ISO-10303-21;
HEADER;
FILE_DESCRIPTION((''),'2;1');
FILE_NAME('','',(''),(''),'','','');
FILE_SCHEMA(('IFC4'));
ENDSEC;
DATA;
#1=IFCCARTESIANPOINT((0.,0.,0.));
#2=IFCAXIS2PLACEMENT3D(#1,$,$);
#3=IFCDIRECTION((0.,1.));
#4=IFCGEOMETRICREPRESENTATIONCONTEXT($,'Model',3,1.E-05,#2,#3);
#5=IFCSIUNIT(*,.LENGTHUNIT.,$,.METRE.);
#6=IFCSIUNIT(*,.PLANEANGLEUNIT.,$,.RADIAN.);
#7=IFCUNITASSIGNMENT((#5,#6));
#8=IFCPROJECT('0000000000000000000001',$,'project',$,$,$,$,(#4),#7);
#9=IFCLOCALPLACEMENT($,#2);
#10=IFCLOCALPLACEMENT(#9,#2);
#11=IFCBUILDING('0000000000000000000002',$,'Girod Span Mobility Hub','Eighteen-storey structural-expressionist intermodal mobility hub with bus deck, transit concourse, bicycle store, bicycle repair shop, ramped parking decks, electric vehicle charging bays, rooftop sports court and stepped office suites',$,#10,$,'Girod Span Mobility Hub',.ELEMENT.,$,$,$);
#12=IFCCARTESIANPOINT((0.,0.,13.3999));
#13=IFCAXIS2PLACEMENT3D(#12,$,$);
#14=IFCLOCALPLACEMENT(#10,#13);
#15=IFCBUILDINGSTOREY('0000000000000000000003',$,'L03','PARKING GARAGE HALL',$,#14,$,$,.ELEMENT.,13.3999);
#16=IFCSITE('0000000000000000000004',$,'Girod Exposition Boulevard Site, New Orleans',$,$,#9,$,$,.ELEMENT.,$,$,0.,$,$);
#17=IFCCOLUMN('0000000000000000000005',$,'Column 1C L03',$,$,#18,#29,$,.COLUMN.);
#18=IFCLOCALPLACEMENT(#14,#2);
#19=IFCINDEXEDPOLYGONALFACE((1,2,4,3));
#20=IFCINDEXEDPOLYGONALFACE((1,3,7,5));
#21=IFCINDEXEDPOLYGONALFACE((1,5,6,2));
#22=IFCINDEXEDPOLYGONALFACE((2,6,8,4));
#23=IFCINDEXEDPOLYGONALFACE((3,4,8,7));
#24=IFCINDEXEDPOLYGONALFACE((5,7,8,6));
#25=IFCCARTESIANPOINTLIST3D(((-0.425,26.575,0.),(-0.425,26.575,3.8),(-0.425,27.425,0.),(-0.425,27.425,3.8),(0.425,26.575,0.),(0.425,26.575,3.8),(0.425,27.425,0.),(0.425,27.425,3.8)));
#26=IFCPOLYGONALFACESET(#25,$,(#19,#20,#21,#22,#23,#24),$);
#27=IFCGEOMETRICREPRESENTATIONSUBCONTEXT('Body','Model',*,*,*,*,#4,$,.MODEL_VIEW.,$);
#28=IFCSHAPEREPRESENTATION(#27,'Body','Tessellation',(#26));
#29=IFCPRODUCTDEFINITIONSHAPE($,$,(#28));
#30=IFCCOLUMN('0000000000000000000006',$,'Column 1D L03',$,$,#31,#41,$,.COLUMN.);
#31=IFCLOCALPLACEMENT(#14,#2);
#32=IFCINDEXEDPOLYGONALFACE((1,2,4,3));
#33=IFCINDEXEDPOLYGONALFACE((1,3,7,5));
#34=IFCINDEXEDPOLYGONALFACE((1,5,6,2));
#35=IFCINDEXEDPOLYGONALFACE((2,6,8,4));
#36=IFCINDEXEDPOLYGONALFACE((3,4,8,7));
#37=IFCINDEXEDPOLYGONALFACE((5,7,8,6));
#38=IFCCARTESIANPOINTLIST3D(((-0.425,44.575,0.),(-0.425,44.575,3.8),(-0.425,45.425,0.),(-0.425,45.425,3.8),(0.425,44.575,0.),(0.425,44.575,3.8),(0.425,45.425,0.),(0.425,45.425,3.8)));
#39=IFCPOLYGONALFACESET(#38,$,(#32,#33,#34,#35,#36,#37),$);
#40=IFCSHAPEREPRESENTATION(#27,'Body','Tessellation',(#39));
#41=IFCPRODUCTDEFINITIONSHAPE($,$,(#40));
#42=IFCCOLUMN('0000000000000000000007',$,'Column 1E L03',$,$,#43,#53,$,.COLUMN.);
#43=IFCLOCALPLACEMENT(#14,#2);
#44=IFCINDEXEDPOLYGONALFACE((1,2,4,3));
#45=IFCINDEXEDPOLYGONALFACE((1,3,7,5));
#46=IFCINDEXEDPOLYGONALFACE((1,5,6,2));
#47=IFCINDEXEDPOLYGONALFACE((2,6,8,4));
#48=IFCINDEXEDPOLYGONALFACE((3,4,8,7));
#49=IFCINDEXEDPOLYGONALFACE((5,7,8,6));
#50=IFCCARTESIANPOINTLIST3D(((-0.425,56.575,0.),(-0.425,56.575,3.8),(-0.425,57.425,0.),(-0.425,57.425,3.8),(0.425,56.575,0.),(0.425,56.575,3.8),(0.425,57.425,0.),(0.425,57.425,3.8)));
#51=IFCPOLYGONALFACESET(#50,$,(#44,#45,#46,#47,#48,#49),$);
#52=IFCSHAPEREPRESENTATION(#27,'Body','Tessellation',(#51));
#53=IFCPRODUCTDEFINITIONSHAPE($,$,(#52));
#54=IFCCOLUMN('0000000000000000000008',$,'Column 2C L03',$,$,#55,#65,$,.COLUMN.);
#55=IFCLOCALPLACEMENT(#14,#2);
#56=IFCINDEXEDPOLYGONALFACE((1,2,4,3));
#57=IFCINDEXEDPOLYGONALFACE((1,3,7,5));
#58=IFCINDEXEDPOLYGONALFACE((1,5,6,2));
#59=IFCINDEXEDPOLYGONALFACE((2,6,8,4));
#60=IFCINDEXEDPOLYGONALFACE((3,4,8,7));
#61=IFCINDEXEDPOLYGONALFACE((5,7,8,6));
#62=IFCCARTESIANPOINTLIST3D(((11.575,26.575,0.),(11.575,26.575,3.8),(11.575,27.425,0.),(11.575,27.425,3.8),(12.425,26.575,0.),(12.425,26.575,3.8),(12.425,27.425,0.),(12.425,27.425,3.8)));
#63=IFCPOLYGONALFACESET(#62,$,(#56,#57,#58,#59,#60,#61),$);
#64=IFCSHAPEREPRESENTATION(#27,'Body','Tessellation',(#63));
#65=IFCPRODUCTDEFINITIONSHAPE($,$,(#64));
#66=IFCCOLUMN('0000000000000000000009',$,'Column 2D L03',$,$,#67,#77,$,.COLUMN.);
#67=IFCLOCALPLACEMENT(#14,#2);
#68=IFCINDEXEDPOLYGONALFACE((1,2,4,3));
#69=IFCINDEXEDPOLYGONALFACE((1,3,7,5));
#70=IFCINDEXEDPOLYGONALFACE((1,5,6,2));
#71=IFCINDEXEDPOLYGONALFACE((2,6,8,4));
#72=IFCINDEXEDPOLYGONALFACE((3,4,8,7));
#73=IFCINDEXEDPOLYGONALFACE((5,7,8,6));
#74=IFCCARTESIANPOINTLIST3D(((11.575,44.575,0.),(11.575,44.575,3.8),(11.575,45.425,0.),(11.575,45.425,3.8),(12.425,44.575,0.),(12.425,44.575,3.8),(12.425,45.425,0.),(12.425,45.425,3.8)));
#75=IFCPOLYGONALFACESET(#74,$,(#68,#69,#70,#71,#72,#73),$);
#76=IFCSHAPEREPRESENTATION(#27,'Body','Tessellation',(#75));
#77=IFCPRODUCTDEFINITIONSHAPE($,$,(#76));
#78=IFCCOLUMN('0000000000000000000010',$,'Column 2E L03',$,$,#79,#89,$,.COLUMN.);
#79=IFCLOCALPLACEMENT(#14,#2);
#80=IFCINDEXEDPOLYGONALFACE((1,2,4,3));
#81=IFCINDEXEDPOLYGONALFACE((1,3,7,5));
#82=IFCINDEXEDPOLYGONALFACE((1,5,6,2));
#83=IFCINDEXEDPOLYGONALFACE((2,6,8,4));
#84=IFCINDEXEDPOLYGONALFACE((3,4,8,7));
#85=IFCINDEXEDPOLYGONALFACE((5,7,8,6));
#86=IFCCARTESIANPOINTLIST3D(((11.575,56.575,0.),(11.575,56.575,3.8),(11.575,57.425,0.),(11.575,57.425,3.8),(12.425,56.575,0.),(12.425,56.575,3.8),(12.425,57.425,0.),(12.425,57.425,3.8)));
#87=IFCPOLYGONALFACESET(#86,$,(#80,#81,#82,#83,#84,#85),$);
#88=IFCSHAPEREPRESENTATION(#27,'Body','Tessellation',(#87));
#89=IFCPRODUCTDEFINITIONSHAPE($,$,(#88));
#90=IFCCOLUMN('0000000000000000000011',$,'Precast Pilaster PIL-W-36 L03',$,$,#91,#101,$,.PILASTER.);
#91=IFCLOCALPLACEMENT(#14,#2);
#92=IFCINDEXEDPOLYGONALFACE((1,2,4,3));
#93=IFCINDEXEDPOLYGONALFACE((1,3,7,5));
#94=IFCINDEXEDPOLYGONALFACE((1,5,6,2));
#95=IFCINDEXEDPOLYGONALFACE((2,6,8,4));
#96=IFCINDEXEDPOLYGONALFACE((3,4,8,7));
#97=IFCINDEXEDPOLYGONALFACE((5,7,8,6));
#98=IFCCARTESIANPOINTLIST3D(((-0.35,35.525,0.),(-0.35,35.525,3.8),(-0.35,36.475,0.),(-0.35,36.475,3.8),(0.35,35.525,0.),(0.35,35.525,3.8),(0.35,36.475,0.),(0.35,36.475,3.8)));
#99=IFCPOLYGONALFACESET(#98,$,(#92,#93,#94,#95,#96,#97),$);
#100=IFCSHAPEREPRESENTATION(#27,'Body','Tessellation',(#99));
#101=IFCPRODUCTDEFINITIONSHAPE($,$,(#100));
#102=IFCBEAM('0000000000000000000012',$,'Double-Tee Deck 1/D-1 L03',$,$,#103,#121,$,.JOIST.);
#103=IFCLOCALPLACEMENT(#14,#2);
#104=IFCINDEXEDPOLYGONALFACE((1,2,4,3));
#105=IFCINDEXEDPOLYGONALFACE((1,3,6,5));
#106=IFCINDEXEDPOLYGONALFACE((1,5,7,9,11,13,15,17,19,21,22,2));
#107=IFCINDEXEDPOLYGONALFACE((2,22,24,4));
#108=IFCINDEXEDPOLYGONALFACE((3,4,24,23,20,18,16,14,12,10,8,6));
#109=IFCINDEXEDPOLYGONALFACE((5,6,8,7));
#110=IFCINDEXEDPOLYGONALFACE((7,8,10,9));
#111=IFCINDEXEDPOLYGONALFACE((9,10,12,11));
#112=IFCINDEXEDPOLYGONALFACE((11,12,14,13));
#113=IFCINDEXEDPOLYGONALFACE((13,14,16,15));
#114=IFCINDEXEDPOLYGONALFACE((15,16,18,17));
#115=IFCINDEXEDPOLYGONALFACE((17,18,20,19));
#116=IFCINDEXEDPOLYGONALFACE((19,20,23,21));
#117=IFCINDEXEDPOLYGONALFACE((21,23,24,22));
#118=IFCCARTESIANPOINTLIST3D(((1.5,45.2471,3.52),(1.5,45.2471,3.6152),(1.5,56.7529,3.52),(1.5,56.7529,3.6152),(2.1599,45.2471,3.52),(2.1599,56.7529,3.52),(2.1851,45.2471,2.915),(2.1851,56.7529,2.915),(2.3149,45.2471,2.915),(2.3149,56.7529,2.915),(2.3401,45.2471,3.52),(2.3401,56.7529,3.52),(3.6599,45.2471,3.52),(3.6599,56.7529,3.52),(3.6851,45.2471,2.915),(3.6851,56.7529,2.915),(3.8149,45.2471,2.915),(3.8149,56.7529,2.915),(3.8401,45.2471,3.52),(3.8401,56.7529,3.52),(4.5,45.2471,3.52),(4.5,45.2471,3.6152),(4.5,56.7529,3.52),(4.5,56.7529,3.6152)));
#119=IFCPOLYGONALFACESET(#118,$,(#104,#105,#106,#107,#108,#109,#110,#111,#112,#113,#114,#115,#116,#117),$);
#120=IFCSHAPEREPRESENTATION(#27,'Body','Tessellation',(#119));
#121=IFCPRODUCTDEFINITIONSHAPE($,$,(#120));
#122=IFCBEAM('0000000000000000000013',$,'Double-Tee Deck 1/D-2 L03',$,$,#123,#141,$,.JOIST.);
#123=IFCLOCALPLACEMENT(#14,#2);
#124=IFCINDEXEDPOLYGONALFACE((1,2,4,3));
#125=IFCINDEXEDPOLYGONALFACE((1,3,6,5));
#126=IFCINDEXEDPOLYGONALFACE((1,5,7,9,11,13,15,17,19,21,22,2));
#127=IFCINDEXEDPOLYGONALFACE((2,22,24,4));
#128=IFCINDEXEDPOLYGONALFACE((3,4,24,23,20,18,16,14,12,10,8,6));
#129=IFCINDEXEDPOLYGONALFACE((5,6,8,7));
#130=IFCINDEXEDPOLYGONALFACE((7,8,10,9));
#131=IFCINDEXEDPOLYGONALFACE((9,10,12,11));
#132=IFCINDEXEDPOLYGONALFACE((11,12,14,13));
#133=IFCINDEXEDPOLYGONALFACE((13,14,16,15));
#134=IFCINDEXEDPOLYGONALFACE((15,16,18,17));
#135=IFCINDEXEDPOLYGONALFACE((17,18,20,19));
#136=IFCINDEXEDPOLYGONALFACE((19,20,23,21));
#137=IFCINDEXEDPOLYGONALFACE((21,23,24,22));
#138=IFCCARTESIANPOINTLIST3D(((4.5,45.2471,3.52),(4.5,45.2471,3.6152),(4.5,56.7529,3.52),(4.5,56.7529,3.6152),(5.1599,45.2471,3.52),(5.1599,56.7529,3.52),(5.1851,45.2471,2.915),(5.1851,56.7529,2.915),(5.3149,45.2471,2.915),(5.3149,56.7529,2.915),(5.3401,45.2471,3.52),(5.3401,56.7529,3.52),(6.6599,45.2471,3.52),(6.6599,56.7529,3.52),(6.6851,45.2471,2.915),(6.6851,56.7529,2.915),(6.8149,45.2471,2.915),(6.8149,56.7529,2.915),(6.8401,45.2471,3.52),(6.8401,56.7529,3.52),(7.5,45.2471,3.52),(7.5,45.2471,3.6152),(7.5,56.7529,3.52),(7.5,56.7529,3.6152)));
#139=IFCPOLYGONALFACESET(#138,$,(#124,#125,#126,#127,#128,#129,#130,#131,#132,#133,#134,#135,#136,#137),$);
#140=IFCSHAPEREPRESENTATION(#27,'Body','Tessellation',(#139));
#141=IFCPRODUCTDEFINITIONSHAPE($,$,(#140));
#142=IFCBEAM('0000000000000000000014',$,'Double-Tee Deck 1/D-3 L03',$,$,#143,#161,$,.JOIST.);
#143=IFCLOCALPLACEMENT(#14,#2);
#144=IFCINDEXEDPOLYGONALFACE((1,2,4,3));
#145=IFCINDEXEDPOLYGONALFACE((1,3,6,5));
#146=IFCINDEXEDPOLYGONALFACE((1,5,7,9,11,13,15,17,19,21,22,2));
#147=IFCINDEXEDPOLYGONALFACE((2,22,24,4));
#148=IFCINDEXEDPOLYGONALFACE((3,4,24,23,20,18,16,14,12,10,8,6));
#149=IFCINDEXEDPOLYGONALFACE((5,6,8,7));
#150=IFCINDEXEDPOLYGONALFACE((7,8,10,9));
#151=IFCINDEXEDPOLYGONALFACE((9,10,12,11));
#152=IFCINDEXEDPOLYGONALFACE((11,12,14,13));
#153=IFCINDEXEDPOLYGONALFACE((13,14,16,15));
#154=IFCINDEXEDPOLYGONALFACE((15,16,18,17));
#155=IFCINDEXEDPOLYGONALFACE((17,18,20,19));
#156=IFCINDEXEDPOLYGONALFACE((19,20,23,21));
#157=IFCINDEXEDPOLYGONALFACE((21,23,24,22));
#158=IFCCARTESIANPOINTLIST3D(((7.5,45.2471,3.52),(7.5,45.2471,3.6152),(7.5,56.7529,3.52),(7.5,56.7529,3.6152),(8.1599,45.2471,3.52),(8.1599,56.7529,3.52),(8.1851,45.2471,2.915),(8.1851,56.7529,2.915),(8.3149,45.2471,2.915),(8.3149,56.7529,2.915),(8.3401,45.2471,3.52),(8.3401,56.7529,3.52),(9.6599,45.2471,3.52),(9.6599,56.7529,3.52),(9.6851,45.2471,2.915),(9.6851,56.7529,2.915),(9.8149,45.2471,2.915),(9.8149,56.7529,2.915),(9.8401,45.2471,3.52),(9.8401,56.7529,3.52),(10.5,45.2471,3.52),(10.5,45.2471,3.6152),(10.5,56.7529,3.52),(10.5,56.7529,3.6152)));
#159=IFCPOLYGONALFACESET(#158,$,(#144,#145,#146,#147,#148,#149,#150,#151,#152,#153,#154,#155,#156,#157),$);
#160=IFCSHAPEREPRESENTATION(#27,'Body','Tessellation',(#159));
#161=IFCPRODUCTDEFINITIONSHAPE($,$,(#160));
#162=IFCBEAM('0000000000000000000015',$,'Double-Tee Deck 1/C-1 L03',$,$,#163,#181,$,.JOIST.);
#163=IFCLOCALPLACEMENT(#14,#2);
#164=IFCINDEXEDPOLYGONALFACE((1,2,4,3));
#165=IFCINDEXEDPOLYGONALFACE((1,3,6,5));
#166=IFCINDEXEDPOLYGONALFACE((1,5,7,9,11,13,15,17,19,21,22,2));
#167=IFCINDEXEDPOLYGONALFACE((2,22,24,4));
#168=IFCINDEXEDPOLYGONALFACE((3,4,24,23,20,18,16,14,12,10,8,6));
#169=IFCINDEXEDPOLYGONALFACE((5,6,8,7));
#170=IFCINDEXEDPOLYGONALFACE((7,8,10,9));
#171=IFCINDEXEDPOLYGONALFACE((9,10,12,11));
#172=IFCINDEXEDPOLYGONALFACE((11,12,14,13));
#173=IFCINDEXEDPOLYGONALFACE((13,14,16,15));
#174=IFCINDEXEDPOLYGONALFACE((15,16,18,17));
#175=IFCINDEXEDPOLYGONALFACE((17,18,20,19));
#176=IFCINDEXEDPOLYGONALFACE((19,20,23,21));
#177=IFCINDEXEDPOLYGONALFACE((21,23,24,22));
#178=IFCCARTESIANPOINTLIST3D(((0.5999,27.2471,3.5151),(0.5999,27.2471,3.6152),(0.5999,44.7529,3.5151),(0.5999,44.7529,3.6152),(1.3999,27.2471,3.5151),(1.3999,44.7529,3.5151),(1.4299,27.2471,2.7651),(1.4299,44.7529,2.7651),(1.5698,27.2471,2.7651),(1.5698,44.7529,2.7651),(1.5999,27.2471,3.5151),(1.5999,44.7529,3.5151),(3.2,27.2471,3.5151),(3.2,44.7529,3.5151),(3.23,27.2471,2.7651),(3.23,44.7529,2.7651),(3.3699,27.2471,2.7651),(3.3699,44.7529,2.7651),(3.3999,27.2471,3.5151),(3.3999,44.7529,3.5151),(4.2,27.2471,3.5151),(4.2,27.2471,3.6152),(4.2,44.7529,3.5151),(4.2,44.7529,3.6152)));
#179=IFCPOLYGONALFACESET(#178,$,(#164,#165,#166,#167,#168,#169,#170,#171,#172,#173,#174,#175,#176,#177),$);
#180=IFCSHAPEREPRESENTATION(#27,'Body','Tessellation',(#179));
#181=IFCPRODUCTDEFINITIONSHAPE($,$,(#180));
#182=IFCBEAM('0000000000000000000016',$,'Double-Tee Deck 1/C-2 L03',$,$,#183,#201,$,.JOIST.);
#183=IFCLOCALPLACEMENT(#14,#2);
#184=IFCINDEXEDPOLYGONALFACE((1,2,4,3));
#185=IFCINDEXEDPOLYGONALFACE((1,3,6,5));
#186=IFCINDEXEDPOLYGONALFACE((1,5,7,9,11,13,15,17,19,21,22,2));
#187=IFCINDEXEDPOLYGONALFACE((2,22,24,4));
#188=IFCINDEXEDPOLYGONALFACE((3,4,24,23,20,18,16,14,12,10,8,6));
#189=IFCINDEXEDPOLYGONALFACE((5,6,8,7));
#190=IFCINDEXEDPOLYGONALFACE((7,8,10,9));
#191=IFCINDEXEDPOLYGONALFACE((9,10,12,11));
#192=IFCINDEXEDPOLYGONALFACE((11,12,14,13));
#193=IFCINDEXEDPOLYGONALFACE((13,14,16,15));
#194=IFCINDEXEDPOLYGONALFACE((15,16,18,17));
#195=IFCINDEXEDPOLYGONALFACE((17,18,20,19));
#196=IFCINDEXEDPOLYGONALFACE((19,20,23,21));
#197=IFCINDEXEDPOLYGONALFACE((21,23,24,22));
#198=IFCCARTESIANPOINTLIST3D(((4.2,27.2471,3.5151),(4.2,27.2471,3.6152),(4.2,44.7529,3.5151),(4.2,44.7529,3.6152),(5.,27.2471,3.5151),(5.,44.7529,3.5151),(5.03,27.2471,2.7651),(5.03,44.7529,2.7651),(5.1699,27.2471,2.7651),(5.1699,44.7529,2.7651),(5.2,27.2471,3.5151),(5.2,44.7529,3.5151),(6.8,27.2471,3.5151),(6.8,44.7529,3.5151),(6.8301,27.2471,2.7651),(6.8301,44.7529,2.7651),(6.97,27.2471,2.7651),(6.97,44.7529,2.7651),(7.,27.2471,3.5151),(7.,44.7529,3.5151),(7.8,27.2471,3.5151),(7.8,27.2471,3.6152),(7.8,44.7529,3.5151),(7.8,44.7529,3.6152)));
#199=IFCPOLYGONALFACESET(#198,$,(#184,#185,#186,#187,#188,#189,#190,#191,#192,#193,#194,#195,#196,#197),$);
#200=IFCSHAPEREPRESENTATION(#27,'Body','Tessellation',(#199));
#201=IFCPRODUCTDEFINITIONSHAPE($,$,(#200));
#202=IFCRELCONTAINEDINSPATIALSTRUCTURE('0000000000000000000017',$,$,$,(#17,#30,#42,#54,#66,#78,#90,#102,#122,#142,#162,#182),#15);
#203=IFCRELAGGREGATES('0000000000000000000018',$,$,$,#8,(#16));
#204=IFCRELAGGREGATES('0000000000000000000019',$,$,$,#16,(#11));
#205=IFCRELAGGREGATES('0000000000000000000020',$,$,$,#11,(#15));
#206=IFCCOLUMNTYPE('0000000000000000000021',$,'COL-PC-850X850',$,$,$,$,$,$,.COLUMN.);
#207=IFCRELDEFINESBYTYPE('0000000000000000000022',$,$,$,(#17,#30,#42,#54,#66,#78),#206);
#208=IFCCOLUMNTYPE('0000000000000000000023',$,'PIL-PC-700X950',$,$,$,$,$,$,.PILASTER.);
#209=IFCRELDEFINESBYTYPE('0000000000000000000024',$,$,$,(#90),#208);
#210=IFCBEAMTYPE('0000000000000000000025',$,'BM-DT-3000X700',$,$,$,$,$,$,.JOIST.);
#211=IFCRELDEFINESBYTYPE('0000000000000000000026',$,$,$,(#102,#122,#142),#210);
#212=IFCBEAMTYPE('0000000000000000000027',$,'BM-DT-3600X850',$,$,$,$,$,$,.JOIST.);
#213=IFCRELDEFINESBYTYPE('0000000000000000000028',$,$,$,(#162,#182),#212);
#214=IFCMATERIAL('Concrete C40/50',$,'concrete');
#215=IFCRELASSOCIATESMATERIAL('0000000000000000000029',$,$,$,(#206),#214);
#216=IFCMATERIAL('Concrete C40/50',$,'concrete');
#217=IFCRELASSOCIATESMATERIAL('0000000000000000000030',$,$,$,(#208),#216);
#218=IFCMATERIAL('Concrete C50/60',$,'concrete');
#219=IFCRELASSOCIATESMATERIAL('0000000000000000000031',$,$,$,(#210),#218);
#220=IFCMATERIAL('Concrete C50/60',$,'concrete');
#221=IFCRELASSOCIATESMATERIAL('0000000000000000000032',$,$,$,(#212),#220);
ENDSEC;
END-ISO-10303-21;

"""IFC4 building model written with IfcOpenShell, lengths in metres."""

from ifc_helpers import new_model, si_unit, direction, frame, origin, origin_2d, place, context, subcontext, project, spatial, polyline, rectangle, outline, extrude, material, material_profile, profile_set, type_object, element, save


model = new_model("IFC4")

# Units and contexts
model_context = context("Model", 3, precision=1e-05, world=origin(), true_north=direction((0.0, 1.0)))
body_context = subcontext(model_context, "Body", "Model", "MODEL_VIEW")
ifc_project = project(units=[si_unit("LENGTHUNIT", "METRE"), si_unit("PLANEANGLEUNIT", "RADIAN")], contexts=[model_context])

# Site, building, storey
site_placement = place(None, origin())
site = spatial("IfcSite", under=ifc_project, at=site_placement, Name="Girod Exposition Boulevard Site, New Orleans", CompositionType="ELEMENT", RefElevation=0.0)
building_placement = place(site_placement, origin())
building = spatial("IfcBuilding", under=site, at=building_placement, Name="Girod Span Mobility Hub", Description="Eighteen-storey structural-expressionist intermodal mobility hub with bus deck, transit concourse, bicycle store, bicycle repair shop, ramped parking decks, electric vehicle charging bays, rooftop sports court and stepped office suites", LongName="Girod Span Mobility Hub", CompositionType="ELEMENT")
storey_placement = place(building_placement, frame((0.0, 0.0, 13.3999)))
storey = spatial("IfcBuildingStorey", under=building, at=storey_placement, Name="L03", Description="PARKING GARAGE HALL", CompositionType="ELEMENT", Elevation=13.3999)

# Columns
ifc_material_1 = material(Name="Concrete C40/50", Category="concrete")
ifc_material_profile_1 = material_profile(ifc_material_1, rectangle(XDim=0.8501, YDim=0.8501, at=origin_2d()), Name="PC-COL-850X850")
ifc_profile_set_1 = profile_set([ifc_material_profile_1], Name="Concrete C40/50")
column_type_1 = type_object("IfcColumnType", Name="COL-PC-850X850", PredefinedType="COLUMN", material=ifc_profile_set_1)
for number, where, z_axis, x_axis, name in (
    (1, (0.0, 27.0, 0.0), (0.0, 0.0, 1.0), (1.0, 0.0, 0.0), "Column 1C L03"),
    (2, (0.0, 45.0, 0.0), (0.0, 0.0, 1.0), (1.0, 0.0, 0.0), "Column 1D L03"),
    (3, (0.0, 57.0, 0.0), (0.0, 0.0, 1.0), (1.0, 0.0, 0.0), "Column 1E L03"),
    (4, (12.0, 27.0, 0.0), (0.0, 0.0, 1.0), (1.0, 0.0, 0.0), "Column 2C L03"),
    (5, (12.0, 45.0, 0.0), (0.0, 0.0, 1.0), (1.0, 0.0, 0.0), "Column 2D L03"),
    (6, (12.0, 57.0, 0.0), (0.0, 0.0, 1.0), (1.0, 0.0, 0.0), "Column 2E L03"),
):
    element("IfcColumn", number, at=place(storey_placement, frame(where, z_axis=z_axis, x_axis=x_axis)), inside=storey, type_object=column_type_1, Name=name, PredefinedType="COLUMN", context=body_context, shape_type="SweptSolid", body=[
        extrude(rectangle(XDim=0.8501, YDim=0.8501, at=origin_2d()), origin(), (0.0, 0.0, 1.0), 3.8),
    ])
ifc_material_2 = material(Name="Concrete C40/50", Category="concrete")
ifc_material_profile_2 = material_profile(ifc_material_2, rectangle(XDim=0.7, YDim=0.95, at=origin_2d()), Name="PC-PIL-700X950")
ifc_profile_set_2 = profile_set([ifc_material_profile_2], Name="Concrete C40/50")
column_type_2 = type_object("IfcColumnType", Name="PIL-PC-700X950", PredefinedType="PILASTER", material=ifc_profile_set_2)
column_placement = place(storey_placement, frame((0.0, 36.0, 0.0), z_axis=(0.0, 0.0, 1.0), x_axis=(1.0, 0.0, 0.0)))
element("IfcColumn", 7, at=column_placement, inside=storey, type_object=column_type_2, Name="Precast Pilaster PIL-W-36 L03", PredefinedType="PILASTER", context=body_context, shape_type="SweptSolid", body=[
    extrude(rectangle(XDim=0.7, YDim=0.95, at=origin_2d()), origin(), (0.0, 0.0, 1.0), 3.8),
])

# Beams
ifc_material_3 = material(Name="Concrete C50/60", Category="concrete")
ifc_material_profile_3 = material_profile(ifc_material_3, outline(polyline([(-1.5, 0.3501), (-1.5, 0.2549), (-0.8401, 0.2549), (-0.8149, -0.3501), (-0.6851, -0.3501), (-0.6599, 0.2549), (0.6599, 0.2549), (0.6851, -0.3501), (0.8149, -0.3501), (0.8401, 0.2549), (1.5, 0.2549), (1.5, 0.3501), (-1.5, 0.3501)])), Name="DT-3000X700")
ifc_profile_set_3 = profile_set([ifc_material_profile_3], Name="Concrete C50/60")
beam_type_1 = type_object("IfcBeamType", Name="BM-DT-3000X700", PredefinedType="JOIST", material=ifc_profile_set_3)
for number, where, z_axis, x_axis, name in (
    (8, (3.0, 45.2471, 3.2651), (0.0, 1.0, 0.0), (-1.0, 0.0, 0.0), "Double-Tee Deck 1/D-1 L03"),
    (9, (6.0, 45.2471, 3.2651), (0.0, 1.0, 0.0), (-1.0, 0.0, 0.0), "Double-Tee Deck 1/D-2 L03"),
    (10, (9.0, 45.2471, 3.2651), (0.0, 1.0, 0.0), (-1.0, 0.0, 0.0), "Double-Tee Deck 1/D-3 L03"),
):
    element("IfcBeam", number, at=place(storey_placement, frame(where, z_axis=z_axis, x_axis=x_axis)), inside=storey, type_object=beam_type_1, Name=name, PredefinedType="JOIST", context=body_context, shape_type="SweptSolid", body=[
        extrude(outline(polyline([(-1.5, 0.3501), (-1.5, 0.2549), (-0.8401, 0.2549), (-0.8149, -0.3501), (-0.6851, -0.3501), (-0.6599, 0.2549), (0.6599, 0.2549), (0.6851, -0.3501), (0.8149, -0.3501), (0.8401, 0.2549), (1.5, 0.2549), (1.5, 0.3501), (-1.5, 0.3501)])), origin(), (0.0, 0.0, 1.0), 11.5059),
    ])
ifc_material_4 = material(Name="Concrete C50/60", Category="concrete")
ifc_material_profile_4 = material_profile(ifc_material_4, outline(polyline([(-1.8, 0.425), (-1.8, 0.325), (-1.0, 0.325), (-0.97, -0.425), (-0.8301, -0.425), (-0.8, 0.325), (0.8, 0.325), (0.8301, -0.425), (0.97, -0.425), (1.0, 0.325), (1.8, 0.325), (1.8, 0.425), (-1.8, 0.425)])), Name="DT-3600X850")
ifc_profile_set_4 = profile_set([ifc_material_profile_4], Name="Concrete C50/60")
beam_type_2 = type_object("IfcBeamType", Name="BM-DT-3600X850", PredefinedType="JOIST", material=ifc_profile_set_4)
for number, where, z_axis, x_axis, name in (
    (11, (2.3999, 27.2471, 3.1902), (0.0, 1.0, 0.0), (-1.0, 0.0, 0.0), "Double-Tee Deck 1/C-1 L03"),
    (12, (6.0, 27.2471, 3.1902), (0.0, 1.0, 0.0), (-1.0, 0.0, 0.0), "Double-Tee Deck 1/C-2 L03"),
):
    element("IfcBeam", number, at=place(storey_placement, frame(where, z_axis=z_axis, x_axis=x_axis)), inside=storey, type_object=beam_type_2, Name=name, PredefinedType="JOIST", context=body_context, shape_type="SweptSolid", body=[
        extrude(outline(polyline([(-1.8, 0.425), (-1.8, 0.325), (-1.0, 0.325), (-0.97, -0.425), (-0.8301, -0.425), (-0.8, 0.325), (0.8, 0.325), (0.8301, -0.425), (0.97, -0.425), (1.0, 0.325), (1.8, 0.325), (1.8, 0.425), (-1.8, 0.425)])), origin(), (0.0, 0.0, 1.0), 17.5059),
    ])

save(model, "model.ifc")
